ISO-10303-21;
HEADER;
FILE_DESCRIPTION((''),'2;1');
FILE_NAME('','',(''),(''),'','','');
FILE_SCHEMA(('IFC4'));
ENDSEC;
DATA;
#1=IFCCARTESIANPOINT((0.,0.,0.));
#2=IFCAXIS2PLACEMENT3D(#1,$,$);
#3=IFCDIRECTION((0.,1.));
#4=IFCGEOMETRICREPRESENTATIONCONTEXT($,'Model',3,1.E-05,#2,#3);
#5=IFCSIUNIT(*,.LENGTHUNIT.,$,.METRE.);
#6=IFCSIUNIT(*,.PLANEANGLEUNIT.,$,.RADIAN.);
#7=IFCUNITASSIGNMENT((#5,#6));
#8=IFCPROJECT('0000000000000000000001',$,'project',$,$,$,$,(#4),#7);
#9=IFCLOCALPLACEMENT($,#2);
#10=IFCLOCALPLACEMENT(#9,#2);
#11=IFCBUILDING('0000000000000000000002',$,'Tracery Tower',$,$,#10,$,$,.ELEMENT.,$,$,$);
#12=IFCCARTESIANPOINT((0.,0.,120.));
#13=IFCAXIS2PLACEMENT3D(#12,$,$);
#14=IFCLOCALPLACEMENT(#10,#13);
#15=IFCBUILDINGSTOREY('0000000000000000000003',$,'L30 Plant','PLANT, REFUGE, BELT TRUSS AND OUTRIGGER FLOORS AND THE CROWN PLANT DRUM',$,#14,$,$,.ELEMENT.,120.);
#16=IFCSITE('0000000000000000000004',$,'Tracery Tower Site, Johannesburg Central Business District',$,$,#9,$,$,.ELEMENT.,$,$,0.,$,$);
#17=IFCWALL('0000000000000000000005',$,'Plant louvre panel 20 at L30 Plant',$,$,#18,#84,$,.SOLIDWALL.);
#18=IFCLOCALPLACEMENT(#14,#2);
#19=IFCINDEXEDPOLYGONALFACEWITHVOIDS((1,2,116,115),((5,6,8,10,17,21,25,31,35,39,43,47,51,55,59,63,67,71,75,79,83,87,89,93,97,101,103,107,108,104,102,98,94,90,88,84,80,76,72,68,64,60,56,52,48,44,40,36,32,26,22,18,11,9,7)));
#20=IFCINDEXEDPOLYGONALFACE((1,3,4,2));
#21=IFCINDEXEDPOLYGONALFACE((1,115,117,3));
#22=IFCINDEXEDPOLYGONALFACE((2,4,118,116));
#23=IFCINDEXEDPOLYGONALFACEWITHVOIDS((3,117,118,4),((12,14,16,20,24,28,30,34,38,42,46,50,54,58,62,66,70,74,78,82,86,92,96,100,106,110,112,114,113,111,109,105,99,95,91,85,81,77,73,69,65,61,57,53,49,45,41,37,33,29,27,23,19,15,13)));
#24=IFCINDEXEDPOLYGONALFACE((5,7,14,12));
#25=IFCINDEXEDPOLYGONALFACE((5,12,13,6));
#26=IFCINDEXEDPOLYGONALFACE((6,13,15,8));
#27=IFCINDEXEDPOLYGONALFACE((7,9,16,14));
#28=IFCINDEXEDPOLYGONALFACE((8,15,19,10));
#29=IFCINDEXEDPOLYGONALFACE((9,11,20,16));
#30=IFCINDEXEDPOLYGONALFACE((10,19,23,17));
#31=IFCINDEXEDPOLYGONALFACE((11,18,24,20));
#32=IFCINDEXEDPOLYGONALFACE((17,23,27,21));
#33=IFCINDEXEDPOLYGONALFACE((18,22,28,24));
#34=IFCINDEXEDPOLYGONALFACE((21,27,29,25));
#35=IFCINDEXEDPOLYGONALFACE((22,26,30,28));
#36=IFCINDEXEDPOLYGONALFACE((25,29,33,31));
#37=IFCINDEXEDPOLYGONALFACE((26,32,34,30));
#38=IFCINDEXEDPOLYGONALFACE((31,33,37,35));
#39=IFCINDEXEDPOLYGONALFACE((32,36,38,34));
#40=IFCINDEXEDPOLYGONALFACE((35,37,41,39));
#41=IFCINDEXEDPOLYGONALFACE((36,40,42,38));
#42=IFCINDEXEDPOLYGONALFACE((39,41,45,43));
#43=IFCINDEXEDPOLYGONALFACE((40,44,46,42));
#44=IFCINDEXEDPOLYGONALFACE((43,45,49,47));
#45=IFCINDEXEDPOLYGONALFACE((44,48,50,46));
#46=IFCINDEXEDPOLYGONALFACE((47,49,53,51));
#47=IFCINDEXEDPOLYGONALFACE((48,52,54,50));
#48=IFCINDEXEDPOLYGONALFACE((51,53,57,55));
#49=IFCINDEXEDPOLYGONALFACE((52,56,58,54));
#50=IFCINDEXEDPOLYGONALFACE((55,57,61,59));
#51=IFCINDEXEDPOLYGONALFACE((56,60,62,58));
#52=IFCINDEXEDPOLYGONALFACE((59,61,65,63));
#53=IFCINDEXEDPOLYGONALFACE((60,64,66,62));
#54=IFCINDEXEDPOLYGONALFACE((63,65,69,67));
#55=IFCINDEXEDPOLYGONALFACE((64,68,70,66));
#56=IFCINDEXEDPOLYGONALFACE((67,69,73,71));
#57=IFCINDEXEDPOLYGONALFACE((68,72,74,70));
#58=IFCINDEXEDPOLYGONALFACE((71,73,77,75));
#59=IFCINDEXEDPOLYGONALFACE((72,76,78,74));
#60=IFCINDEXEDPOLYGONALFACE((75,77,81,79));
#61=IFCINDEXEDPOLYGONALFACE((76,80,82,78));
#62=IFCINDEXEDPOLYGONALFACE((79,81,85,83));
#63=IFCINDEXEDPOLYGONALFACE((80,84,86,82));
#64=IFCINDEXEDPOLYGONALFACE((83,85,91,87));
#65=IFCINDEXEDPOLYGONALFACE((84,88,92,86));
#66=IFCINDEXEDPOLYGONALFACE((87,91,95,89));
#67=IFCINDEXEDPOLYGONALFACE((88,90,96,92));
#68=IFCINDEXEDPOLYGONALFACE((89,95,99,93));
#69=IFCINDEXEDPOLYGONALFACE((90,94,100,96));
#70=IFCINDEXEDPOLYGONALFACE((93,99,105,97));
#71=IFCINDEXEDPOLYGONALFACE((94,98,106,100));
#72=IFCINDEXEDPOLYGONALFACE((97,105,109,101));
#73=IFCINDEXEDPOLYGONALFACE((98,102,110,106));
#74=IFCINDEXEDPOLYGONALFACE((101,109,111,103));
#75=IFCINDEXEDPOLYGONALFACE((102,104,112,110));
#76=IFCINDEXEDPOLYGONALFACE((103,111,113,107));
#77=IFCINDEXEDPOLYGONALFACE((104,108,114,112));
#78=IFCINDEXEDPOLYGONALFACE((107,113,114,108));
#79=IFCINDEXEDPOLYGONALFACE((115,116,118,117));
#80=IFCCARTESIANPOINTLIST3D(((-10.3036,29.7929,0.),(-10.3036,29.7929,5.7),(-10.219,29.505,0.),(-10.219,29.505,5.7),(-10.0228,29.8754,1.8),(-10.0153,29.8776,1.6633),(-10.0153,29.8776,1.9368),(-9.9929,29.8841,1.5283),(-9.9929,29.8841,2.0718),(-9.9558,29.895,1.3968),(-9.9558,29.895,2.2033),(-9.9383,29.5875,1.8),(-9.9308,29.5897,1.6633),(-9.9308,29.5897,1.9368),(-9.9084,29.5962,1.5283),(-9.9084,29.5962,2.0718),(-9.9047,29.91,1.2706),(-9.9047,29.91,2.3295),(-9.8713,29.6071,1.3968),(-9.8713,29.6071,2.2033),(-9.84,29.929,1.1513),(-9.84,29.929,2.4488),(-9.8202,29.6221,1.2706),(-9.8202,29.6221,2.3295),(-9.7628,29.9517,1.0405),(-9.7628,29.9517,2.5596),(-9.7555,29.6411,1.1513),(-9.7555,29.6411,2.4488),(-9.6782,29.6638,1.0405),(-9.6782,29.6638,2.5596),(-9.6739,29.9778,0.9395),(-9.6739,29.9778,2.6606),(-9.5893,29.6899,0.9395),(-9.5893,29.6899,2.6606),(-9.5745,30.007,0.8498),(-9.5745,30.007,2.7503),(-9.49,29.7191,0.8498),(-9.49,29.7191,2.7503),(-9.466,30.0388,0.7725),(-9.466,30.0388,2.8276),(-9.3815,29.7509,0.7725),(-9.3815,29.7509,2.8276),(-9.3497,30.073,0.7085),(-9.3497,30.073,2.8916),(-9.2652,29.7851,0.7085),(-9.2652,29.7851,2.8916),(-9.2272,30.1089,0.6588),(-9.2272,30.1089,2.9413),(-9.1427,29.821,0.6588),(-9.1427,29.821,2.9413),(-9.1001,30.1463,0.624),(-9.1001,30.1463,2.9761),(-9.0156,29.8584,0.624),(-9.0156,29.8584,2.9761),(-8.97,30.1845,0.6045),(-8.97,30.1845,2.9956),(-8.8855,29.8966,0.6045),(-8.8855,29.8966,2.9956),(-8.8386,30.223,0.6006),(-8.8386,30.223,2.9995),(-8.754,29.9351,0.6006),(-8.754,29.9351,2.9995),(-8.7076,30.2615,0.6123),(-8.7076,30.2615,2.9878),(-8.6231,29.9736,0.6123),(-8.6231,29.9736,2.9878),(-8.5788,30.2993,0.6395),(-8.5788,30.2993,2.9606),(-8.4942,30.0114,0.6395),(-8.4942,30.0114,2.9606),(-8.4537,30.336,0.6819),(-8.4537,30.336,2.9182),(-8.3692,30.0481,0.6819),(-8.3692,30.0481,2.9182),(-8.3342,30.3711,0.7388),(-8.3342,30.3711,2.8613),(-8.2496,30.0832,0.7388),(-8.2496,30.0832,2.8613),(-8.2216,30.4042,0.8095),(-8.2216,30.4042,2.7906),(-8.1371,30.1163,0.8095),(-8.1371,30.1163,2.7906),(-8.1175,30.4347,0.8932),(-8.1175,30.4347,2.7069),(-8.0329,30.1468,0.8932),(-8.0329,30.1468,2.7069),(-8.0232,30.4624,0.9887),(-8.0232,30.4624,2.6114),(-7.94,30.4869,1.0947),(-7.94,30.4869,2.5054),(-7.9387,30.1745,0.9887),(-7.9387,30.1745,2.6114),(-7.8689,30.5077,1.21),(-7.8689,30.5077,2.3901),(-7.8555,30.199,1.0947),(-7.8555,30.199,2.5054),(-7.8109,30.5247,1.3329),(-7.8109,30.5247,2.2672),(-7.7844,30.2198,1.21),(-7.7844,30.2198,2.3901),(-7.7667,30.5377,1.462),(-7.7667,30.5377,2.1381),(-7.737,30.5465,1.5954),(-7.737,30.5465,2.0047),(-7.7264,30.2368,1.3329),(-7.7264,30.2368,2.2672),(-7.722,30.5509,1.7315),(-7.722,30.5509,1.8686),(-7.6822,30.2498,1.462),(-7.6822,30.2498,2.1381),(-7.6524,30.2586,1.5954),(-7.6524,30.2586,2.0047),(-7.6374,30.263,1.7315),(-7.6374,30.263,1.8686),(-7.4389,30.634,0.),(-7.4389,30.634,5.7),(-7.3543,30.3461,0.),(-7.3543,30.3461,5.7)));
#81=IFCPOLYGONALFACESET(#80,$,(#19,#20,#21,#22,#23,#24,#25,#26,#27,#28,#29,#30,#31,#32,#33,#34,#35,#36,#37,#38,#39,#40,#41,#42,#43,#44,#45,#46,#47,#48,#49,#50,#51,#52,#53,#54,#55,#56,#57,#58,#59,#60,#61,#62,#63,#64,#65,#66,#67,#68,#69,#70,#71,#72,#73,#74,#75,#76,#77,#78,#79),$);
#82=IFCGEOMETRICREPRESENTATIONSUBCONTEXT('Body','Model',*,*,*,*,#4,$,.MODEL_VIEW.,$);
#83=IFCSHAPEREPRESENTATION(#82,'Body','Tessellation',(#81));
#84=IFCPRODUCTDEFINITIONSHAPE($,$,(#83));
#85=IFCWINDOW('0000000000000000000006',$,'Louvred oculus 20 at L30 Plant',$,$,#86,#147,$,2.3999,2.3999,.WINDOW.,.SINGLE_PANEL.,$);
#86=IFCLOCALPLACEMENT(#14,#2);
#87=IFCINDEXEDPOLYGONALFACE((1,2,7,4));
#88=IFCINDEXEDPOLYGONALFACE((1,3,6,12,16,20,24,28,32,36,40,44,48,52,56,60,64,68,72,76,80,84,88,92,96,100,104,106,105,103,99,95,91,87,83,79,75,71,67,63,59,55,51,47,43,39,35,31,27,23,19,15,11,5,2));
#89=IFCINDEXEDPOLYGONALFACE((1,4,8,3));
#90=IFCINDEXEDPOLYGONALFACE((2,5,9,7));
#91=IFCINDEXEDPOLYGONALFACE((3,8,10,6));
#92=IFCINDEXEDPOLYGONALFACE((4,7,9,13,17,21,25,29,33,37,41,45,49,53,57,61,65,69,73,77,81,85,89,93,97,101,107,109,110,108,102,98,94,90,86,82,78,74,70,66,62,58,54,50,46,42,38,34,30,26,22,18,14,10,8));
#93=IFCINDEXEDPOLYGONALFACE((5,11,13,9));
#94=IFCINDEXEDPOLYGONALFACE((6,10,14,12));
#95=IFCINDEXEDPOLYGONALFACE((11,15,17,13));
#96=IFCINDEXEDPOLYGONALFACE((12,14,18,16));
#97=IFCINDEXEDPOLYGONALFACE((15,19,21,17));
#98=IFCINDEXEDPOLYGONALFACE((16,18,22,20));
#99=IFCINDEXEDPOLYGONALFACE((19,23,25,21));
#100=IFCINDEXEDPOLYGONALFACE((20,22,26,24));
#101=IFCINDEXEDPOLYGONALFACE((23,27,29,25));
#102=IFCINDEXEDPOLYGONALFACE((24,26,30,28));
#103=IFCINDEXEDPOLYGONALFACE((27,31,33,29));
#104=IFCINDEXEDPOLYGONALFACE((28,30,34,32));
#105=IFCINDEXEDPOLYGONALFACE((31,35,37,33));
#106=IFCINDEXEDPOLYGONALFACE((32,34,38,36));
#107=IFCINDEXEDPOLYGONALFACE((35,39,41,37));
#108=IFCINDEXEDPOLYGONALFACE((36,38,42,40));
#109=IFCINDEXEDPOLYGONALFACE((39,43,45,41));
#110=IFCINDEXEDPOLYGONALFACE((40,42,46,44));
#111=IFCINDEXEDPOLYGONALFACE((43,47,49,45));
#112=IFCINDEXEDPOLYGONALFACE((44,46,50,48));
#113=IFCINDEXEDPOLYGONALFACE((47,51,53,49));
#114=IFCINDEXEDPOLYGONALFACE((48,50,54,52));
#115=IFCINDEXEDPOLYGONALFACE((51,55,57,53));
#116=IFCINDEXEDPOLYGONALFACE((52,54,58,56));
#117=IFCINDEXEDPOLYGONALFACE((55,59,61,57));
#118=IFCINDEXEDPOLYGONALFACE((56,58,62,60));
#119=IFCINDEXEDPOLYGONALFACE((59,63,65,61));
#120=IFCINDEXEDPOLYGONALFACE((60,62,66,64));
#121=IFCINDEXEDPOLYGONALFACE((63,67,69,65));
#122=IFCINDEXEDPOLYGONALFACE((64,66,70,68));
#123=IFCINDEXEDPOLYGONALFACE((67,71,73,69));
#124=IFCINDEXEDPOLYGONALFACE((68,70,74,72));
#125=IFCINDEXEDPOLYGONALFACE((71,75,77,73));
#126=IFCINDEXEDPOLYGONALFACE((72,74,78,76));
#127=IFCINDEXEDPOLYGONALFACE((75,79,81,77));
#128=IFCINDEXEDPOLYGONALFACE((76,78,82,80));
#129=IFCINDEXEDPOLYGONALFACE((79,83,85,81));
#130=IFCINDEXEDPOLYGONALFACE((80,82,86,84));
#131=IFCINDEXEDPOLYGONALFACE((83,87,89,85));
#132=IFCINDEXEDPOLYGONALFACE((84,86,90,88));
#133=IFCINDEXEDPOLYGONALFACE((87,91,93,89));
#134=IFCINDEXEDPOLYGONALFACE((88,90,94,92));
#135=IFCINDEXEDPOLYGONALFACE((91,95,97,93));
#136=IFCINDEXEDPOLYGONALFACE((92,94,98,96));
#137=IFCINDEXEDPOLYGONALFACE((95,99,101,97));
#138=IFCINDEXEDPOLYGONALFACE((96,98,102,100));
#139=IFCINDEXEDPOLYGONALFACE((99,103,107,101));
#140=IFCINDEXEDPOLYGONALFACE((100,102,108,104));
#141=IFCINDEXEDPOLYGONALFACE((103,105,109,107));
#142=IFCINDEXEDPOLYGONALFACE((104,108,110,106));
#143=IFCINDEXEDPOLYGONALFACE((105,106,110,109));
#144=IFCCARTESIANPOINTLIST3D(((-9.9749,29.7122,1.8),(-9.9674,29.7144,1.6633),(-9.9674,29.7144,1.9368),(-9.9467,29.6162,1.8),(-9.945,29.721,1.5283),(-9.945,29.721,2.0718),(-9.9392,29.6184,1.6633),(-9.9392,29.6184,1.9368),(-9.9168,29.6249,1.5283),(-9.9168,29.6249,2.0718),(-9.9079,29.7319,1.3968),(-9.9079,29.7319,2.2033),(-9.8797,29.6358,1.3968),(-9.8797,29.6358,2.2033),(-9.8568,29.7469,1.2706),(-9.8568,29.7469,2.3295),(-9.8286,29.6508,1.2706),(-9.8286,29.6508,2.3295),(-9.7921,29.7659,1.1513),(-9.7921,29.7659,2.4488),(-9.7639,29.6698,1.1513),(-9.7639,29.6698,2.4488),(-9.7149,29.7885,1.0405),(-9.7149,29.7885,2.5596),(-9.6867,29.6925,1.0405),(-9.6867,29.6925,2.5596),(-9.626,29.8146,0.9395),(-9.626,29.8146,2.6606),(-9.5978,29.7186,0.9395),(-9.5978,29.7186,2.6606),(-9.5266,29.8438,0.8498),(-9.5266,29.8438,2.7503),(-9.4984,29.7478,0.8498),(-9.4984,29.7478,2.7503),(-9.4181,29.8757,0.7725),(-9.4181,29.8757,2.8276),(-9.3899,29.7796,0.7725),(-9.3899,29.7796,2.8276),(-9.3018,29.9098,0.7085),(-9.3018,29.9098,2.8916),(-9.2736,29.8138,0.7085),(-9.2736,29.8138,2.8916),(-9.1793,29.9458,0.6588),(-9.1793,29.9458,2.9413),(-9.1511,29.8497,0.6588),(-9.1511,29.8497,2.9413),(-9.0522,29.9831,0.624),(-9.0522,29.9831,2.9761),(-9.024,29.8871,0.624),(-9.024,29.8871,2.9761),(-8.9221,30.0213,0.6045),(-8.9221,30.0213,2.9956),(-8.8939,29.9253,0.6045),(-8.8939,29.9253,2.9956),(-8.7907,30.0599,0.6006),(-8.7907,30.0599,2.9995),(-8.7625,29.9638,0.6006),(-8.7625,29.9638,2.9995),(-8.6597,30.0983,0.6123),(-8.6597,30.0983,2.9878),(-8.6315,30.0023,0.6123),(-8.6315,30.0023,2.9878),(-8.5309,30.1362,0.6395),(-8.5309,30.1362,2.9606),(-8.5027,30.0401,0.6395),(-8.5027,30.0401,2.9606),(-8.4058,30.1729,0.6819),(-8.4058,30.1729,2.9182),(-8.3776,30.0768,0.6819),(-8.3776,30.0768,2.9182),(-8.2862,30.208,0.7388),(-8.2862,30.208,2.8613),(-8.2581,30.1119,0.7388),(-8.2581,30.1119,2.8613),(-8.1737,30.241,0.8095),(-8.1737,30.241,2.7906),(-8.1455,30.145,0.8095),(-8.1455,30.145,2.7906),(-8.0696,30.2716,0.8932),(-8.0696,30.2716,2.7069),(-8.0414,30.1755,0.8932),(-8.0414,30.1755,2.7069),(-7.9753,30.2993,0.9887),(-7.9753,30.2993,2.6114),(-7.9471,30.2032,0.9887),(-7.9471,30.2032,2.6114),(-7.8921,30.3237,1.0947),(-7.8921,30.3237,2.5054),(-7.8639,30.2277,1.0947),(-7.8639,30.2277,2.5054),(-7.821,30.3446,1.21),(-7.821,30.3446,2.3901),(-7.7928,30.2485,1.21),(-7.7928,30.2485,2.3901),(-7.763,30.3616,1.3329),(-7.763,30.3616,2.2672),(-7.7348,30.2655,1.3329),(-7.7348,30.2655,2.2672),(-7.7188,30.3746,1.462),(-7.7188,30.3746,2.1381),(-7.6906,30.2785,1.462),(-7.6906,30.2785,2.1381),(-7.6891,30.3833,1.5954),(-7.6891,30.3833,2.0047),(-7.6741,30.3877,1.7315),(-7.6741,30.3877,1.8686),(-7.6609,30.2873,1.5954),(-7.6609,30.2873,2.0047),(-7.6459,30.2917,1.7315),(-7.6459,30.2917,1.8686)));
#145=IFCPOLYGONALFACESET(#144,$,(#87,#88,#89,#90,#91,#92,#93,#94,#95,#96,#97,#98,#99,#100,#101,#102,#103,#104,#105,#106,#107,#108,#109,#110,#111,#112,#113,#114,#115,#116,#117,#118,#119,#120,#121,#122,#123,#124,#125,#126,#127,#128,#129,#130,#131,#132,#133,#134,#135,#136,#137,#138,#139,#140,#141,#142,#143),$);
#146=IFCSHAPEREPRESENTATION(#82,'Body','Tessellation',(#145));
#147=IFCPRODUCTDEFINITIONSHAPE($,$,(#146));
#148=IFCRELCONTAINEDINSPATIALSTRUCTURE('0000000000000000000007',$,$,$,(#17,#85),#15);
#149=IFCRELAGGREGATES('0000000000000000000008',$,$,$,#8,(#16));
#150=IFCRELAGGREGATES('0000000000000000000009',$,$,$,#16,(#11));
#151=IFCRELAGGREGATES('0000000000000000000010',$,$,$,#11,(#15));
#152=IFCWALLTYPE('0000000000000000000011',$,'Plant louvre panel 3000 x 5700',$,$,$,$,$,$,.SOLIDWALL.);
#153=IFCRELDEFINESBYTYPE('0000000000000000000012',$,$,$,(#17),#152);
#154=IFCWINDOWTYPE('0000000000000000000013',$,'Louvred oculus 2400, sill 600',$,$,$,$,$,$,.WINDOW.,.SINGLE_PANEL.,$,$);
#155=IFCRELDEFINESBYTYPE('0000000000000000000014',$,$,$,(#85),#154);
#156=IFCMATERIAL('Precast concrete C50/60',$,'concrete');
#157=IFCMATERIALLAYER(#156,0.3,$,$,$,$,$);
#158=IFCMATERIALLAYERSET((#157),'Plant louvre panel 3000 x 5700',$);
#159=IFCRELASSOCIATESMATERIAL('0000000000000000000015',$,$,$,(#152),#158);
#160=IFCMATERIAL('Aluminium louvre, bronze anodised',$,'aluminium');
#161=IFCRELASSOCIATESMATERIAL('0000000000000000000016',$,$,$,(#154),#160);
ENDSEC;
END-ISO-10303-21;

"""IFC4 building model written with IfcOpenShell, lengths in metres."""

from ifc_helpers import new_model, si_unit, direction, frame, frame_2d, origin, origin_2d, place, context, subcontext, project, spatial, rectangle, circle, extrude, material, layer, layer_set, type_object, element, fill, save


model = new_model("IFC4")

# Units and contexts
model_context = context("Model", 3, precision=1e-05, world=origin(), true_north=direction((0.0, 1.0)))
body_context = subcontext(model_context, "Body", "Model", "MODEL_VIEW")
ifc_project = project(units=[si_unit("LENGTHUNIT", "METRE"), si_unit("PLANEANGLEUNIT", "RADIAN")], contexts=[model_context])

# Site, building, storey
site_placement = place(None, origin())
site = spatial("IfcSite", under=ifc_project, at=site_placement, Name="Tracery Tower Site, Johannesburg Central Business District", CompositionType="ELEMENT", RefElevation=0.0)
building_placement = place(site_placement, origin())
building = spatial("IfcBuilding", under=site, at=building_placement, Name="Tracery Tower", CompositionType="ELEMENT")
storey_placement = place(building_placement, frame((0.0, 0.0, 120.0)))
storey = spatial("IfcBuildingStorey", under=building, at=storey_placement, Name="L30 Plant", Description="PLANT, REFUGE, BELT TRUSS AND OUTRIGGER FLOORS AND THE CROWN PLANT DRUM", CompositionType="ELEMENT", Elevation=120.0)

# Wall, opening, window
ifc_material_1 = material(Name="Precast concrete C50/60", Category="concrete")
ifc_layer_1 = layer(ifc_material_1, 0.3)
ifc_layer_set_1 = layer_set([ifc_layer_1], Name="Plant louvre panel 3000 x 5700")
wall_type_1 = type_object("IfcWallType", Name="Plant louvre panel 3000 x 5700", PredefinedType="SOLIDWALL", material=ifc_layer_set_1)
ifc_material_2 = material(Name="Aluminium louvre, bronze anodised", Category="aluminium")
window_type = type_object("IfcWindowType", Name="Louvred oculus 2400, sill 600", PartitioningType="SINGLE_PANEL", PredefinedType="WINDOW", material=ifc_material_2)
wall_1_placement = place(storey_placement, frame((-7.3967, 30.49, 0.0), z_axis=(0.0, 0.0, 1.0), x_axis=(-0.959502, -0.281701, 0.0)))
wall_1 = element("IfcWall", 1, at=wall_1_placement, inside=storey, type_object=wall_type_1, Name="Plant louvre panel 20 at L30 Plant", PredefinedType="SOLIDWALL", context=body_context, shape_type="SweptSolid", body=[
    extrude(rectangle(XDim=2.9856, YDim=0.3, at=frame_2d((1.4927, 0.0))), origin(), (0.0, 0.0, 1.0), 5.7),
])
opening_1_placement = place(wall_1_placement, frame((1.4929, 0.0, 1.8)))
opening_1 = element("IfcOpeningElement", 2, at=opening_1_placement, cuts=wall_1, PredefinedType="OPENING", context=body_context, shape_type="SweptSolid", body=[
    extrude(circle(Radius=1.2, at=origin_2d()), frame((0.0, 0.1599, 0.0), z_axis=(0.0, -1.0, 0.0), x_axis=(1.0, 0.0, 0.0)), (0.0, 0.0, 1.0), 0.3201),
])
window_1_placement = place(opening_1_placement, origin())
window_1 = element("IfcWindow", 3, at=window_1_placement, inside=storey, type_object=window_type, Name="Louvred oculus 20 at L30 Plant", OverallHeight=2.3999, OverallWidth=2.3999, PartitioningType="SINGLE_PANEL", PredefinedType="WINDOW", context=body_context, shape_type="SweptSolid", body=[
    extrude(circle(Radius=1.2, at=origin_2d()), frame((0.0, 0.1201, 0.0), z_axis=(0.0, -1.0, 0.0), x_axis=(1.0, 0.0, 0.0)), (0.0, 0.0, 1.0), 0.1001),
])
fill(opening_1, window_1)

save(model, "model.ifc")
